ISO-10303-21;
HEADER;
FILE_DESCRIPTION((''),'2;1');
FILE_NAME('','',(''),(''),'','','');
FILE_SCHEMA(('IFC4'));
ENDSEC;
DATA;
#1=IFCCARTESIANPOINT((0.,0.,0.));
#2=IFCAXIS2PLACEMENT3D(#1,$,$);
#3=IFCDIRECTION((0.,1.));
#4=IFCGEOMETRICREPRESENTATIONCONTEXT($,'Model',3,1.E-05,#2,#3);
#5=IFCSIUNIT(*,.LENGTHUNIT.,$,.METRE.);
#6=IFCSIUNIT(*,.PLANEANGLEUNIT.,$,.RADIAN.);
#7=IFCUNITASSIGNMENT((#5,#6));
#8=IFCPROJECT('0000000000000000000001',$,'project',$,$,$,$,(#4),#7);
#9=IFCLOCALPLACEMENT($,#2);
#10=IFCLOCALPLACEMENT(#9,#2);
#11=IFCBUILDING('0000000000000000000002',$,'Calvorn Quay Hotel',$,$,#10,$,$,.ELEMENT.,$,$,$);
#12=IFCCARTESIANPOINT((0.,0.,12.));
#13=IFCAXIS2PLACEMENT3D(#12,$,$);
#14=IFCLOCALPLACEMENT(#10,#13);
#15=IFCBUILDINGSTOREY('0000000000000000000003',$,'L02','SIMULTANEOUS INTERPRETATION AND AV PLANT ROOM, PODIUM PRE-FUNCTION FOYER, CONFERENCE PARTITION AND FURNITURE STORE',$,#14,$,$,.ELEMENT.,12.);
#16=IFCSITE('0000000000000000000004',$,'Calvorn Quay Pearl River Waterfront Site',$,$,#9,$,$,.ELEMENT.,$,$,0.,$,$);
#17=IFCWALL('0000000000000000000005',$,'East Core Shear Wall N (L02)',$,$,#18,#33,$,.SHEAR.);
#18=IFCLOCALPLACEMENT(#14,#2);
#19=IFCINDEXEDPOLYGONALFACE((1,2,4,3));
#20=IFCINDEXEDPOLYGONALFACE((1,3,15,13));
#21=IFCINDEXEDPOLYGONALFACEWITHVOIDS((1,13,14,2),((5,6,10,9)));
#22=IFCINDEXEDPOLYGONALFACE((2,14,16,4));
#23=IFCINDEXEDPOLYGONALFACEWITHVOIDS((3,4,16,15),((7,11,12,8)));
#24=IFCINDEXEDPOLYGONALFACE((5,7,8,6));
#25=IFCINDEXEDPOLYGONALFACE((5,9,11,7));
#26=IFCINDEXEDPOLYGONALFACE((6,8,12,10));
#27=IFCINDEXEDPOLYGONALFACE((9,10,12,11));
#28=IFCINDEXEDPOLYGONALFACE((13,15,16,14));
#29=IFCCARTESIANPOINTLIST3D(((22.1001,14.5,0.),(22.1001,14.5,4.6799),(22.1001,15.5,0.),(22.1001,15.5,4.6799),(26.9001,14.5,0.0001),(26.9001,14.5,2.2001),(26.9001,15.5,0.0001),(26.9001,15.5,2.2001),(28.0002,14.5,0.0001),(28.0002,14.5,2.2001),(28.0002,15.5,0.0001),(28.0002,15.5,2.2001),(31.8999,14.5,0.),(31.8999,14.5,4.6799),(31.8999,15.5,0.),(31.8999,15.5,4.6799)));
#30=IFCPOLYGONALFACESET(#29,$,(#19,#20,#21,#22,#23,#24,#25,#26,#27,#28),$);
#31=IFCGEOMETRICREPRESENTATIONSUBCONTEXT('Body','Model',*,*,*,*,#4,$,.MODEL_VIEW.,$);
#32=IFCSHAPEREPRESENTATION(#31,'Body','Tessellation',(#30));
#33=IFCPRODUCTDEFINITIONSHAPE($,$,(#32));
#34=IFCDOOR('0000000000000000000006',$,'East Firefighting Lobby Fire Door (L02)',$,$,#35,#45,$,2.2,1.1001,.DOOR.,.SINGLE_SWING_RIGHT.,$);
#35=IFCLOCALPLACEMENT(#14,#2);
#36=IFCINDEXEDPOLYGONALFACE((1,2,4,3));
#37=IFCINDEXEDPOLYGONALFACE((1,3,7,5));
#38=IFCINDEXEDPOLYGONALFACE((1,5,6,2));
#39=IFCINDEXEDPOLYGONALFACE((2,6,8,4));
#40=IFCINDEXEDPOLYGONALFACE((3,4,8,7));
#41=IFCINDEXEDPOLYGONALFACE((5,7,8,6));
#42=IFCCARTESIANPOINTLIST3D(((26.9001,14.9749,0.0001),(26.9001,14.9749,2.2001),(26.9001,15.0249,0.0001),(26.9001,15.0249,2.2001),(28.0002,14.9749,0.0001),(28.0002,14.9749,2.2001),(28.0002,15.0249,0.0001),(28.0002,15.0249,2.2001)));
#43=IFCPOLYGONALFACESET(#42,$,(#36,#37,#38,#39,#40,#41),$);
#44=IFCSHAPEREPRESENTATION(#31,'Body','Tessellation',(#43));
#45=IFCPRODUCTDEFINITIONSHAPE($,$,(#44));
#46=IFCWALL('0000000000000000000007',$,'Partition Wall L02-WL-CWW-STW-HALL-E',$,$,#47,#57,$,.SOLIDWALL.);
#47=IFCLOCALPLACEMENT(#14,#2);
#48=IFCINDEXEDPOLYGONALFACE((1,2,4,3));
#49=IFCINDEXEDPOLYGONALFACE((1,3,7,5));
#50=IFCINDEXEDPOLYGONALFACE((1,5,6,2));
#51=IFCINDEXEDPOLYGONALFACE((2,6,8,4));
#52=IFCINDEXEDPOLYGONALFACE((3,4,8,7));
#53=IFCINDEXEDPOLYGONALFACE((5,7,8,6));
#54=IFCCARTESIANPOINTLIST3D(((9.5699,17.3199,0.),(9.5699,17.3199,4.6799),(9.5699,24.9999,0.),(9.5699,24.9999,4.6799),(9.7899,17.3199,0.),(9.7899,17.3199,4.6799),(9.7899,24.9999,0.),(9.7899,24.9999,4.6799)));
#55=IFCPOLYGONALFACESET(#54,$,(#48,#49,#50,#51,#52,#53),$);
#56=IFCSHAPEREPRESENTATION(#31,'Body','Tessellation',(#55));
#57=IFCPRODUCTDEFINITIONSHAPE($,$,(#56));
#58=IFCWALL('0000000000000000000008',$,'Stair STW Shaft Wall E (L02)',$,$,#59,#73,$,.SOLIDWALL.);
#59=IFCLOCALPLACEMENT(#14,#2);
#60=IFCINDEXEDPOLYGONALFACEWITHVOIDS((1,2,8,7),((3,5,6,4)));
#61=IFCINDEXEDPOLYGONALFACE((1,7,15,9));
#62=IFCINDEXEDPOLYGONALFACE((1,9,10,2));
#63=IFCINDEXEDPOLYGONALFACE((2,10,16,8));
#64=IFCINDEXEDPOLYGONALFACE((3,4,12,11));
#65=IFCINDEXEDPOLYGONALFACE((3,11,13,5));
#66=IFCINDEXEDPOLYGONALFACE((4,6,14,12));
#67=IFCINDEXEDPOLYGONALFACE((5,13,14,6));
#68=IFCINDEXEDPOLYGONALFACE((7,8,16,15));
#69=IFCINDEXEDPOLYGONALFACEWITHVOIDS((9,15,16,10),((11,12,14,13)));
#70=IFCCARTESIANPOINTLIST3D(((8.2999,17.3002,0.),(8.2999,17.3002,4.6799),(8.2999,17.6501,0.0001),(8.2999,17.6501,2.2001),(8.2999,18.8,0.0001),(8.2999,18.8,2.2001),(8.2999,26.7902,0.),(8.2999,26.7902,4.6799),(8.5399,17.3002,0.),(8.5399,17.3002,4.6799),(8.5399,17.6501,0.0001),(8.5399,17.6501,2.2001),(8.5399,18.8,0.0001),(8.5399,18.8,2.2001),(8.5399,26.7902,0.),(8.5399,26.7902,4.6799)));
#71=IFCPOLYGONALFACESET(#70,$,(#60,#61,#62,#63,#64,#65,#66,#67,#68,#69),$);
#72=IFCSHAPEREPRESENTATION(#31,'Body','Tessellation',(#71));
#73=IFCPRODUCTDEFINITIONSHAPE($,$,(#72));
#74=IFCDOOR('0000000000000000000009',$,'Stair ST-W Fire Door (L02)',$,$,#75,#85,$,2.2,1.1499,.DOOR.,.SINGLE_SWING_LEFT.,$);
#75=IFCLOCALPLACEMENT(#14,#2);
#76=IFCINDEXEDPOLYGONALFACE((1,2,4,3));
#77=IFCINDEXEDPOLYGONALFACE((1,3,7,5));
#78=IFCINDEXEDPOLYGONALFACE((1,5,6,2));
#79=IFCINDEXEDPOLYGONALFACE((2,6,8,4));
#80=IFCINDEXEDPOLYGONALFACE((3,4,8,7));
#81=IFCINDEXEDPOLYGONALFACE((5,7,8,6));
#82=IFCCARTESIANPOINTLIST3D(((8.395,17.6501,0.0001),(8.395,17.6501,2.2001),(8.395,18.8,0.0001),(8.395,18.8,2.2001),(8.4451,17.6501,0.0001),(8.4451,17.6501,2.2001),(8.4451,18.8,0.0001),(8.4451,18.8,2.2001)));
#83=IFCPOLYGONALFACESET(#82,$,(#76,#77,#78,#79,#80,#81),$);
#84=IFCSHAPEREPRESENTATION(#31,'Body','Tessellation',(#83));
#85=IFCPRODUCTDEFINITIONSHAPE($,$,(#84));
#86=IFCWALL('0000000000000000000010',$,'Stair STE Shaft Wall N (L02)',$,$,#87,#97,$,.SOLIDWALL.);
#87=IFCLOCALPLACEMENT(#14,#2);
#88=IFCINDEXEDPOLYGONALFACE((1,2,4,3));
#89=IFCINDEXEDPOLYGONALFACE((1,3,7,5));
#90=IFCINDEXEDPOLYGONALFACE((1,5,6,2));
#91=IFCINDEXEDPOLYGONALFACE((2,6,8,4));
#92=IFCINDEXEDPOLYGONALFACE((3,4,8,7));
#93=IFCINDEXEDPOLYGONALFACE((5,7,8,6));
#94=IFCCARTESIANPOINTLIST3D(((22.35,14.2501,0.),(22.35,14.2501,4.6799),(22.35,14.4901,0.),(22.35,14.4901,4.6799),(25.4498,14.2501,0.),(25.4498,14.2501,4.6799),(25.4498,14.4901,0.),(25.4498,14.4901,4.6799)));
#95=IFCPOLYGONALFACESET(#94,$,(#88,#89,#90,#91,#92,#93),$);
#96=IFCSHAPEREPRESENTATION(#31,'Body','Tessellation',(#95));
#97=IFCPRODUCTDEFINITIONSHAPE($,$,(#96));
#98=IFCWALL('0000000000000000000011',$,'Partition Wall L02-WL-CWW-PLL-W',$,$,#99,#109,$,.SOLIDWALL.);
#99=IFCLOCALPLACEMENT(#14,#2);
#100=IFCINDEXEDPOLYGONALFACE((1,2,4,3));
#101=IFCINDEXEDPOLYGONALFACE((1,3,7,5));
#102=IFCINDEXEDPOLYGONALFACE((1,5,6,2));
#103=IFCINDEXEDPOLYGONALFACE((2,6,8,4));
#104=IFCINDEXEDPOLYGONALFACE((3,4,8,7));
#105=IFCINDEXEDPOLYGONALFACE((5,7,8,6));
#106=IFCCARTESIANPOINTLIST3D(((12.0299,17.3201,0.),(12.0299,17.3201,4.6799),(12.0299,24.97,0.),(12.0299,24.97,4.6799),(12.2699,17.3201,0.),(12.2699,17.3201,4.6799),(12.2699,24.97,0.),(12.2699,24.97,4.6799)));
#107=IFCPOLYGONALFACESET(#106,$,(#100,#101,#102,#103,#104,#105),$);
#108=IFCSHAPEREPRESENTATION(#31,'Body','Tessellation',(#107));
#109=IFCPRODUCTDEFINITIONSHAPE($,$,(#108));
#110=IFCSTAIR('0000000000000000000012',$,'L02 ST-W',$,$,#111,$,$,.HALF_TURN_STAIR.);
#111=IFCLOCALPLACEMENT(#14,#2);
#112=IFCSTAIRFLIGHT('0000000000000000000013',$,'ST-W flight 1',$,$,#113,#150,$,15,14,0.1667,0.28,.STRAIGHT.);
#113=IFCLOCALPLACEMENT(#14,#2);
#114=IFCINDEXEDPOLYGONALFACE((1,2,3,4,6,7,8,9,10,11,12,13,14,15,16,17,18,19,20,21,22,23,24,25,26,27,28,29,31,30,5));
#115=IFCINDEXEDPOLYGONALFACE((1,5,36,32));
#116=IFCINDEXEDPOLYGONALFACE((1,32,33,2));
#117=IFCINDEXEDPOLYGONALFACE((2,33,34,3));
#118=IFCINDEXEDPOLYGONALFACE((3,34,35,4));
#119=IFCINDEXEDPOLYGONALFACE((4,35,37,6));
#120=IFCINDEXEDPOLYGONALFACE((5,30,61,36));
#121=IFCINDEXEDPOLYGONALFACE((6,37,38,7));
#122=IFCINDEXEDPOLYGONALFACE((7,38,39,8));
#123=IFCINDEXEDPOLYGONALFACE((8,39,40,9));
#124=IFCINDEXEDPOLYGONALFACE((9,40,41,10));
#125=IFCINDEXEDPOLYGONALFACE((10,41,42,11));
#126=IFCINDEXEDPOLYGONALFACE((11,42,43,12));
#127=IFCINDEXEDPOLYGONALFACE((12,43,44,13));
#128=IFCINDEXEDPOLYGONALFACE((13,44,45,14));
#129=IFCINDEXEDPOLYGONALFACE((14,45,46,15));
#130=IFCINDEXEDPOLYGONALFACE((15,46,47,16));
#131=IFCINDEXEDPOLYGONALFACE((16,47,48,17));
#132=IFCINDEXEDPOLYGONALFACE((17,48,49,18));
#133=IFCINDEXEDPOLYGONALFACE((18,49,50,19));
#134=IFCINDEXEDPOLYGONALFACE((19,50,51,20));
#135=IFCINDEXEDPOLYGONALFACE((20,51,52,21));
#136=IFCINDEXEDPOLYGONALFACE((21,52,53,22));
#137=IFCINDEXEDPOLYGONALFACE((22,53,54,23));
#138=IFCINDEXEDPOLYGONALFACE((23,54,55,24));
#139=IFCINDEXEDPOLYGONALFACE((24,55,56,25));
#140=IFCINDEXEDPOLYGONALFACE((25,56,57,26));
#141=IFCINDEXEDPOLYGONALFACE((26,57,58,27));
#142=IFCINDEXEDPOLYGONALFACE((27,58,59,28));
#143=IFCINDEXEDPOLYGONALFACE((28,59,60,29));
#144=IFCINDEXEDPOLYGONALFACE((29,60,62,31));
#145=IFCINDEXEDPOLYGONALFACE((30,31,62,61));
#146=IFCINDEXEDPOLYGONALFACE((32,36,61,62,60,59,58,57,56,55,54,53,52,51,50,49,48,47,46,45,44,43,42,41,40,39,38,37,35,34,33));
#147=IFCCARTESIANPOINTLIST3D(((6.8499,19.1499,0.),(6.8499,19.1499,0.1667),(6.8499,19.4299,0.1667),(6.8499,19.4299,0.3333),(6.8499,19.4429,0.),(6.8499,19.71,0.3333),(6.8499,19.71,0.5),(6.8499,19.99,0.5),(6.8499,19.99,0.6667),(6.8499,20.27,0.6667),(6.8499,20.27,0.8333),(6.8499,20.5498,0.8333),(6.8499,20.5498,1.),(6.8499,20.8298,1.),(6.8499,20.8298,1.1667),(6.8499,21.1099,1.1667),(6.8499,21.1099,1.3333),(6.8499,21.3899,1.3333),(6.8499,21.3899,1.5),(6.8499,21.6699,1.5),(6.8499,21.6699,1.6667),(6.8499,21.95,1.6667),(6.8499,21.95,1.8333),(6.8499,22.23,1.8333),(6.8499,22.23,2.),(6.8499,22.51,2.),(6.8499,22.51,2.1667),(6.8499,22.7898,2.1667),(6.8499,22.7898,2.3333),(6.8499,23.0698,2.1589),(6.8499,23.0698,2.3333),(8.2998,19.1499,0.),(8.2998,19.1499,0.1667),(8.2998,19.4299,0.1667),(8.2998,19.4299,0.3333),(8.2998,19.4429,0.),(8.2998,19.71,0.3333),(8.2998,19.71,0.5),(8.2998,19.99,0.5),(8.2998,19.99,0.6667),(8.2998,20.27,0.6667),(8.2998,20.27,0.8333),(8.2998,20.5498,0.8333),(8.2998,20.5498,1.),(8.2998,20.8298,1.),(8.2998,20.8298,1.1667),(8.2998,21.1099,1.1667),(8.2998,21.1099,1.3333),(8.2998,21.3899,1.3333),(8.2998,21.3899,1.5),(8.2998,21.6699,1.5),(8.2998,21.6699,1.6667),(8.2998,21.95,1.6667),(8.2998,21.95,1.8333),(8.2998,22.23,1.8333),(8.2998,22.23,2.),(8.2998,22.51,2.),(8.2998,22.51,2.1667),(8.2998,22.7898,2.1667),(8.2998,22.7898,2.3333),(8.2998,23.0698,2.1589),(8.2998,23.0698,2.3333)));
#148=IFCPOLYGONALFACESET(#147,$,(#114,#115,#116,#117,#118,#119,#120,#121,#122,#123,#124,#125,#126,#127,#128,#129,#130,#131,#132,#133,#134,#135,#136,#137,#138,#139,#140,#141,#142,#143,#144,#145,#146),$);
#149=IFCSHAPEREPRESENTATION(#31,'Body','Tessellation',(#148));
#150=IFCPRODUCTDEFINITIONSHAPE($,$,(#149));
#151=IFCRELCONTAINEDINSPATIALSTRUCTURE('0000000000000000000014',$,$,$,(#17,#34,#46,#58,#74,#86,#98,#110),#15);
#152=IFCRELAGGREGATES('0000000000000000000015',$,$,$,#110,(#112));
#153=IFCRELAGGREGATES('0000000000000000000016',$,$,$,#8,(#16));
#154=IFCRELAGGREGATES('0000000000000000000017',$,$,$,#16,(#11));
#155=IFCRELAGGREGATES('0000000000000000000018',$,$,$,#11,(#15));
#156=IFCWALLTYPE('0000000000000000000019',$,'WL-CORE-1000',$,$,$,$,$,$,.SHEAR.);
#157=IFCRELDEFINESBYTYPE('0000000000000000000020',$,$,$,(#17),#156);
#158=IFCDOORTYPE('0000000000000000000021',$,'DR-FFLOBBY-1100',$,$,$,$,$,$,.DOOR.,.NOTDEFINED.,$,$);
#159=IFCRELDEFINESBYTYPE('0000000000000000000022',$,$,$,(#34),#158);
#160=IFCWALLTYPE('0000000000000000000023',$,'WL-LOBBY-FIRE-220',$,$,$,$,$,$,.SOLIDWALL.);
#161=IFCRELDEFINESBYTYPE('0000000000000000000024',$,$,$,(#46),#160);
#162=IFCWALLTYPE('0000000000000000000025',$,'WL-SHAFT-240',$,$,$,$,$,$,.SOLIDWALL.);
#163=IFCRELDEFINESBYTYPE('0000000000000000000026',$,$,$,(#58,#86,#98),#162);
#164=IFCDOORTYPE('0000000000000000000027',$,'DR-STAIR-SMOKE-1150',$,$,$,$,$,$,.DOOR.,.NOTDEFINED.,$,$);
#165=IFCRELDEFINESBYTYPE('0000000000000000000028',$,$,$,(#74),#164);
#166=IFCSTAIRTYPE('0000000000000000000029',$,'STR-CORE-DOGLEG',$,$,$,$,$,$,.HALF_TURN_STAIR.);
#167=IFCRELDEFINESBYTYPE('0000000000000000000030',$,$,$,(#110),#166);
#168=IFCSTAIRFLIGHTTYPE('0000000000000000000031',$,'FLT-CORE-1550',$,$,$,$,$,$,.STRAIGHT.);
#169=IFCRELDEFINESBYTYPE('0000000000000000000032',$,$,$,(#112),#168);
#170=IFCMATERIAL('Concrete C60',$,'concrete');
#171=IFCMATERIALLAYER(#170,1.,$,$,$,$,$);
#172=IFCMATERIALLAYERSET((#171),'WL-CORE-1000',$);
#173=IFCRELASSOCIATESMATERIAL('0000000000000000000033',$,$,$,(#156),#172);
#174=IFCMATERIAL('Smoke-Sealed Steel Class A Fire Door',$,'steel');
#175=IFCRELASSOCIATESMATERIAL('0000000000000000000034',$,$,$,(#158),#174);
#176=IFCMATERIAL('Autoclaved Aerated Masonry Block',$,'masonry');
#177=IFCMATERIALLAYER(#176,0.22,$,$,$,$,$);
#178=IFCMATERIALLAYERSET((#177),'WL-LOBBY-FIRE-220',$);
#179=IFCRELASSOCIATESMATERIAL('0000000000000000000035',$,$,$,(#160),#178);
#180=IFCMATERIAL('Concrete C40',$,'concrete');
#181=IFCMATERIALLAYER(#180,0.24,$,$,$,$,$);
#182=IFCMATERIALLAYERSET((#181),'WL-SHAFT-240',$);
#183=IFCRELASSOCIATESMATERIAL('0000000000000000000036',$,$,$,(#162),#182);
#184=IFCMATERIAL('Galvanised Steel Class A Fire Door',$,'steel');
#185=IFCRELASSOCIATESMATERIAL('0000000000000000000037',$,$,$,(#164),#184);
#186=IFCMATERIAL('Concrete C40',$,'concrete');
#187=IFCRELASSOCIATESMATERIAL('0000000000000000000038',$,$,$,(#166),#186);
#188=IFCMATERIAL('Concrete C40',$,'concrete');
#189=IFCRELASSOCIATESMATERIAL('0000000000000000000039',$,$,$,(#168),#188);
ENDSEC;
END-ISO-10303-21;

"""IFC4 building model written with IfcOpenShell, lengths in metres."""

from ifc_helpers import new_model, si_unit, direction, frame, frame_2d, origin, place, context, subcontext, project, spatial, polyline, rectangle, outline, extrude, material, layer, layer_set, type_object, element, fill, aggregate, save


model = new_model("IFC4")

# Units and contexts
model_context = context("Model", 3, precision=1e-05, world=origin(), true_north=direction((0.0, 1.0)))
body_context = subcontext(model_context, "Body", "Model", "MODEL_VIEW")
ifc_project = project(units=[si_unit("LENGTHUNIT", "METRE"), si_unit("PLANEANGLEUNIT", "RADIAN")], contexts=[model_context])

# Site, building, storey
site_placement = place(None, origin())
site = spatial("IfcSite", under=ifc_project, at=site_placement, Name="Calvorn Quay Pearl River Waterfront Site", CompositionType="ELEMENT", RefElevation=0.0)
building_placement = place(site_placement, origin())
building = spatial("IfcBuilding", under=site, at=building_placement, Name="Calvorn Quay Hotel", CompositionType="ELEMENT")
storey_placement = place(building_placement, frame((0.0, 0.0, 12.0)))
storey = spatial("IfcBuildingStorey", under=building, at=storey_placement, Name="L02", Description="SIMULTANEOUS INTERPRETATION AND AV PLANT ROOM, PODIUM PRE-FUNCTION FOYER, CONFERENCE PARTITION AND FURNITURE STORE", CompositionType="ELEMENT", Elevation=12.0)

# Shared definitions
ifc_material_1 = material(Name="Concrete C60", Category="concrete")
ifc_layer_1 = layer(ifc_material_1, 1.0)
ifc_layer_set_1 = layer_set([ifc_layer_1], Name="WL-CORE-1000")
wall_type_1 = type_object("IfcWallType", Name="WL-CORE-1000", PredefinedType="SHEAR", material=ifc_layer_set_1)
ifc_material_2 = material(Name="Smoke-Sealed Steel Class A Fire Door", Category="steel")
door_type_1 = type_object("IfcDoorType", Name="DR-FFLOBBY-1100", OperationType="NOTDEFINED", PredefinedType="DOOR", material=ifc_material_2)

# Wall, opening, door
wall_1_placement = place(storey_placement, frame((22.1001, 15.0, 0.0), z_axis=(0.0, 0.0, 1.0), x_axis=(1.0, 0.0, 0.0)))
wall_1 = element("IfcWall", 1, at=wall_1_placement, inside=storey, type_object=wall_type_1, Name="East Core Shear Wall N (L02)", PredefinedType="SHEAR", context=body_context, shape_type="SweptSolid", body=[
    extrude(rectangle(XDim=9.7998, YDim=1.0, at=frame_2d((4.8999, 0.0))), origin(), (0.0, 0.0, 1.0), 4.6799),
])
opening_1_placement = place(wall_1_placement, frame((4.8, 0.0, 0.0)))
opening_1 = element("IfcOpeningElement", 2, at=opening_1_placement, cuts=wall_1, PredefinedType="OPENING", context=body_context, shape_type="SweptSolid", body=[
    extrude(rectangle(XDim=1.1001, YDim=2.2, at=frame_2d((0.55, 1.1001))), frame((0.0, 0.51, 0.0), z_axis=(0.0, -1.0, 0.0), x_axis=(1.0, 0.0, 0.0)), (0.0, 0.0, 1.0), 1.02),
])
door_1_placement = place(opening_1_placement, origin())
door_1 = element("IfcDoor", 3, at=door_1_placement, inside=storey, type_object=door_type_1, Name="East Firefighting Lobby Fire Door (L02)", OperationType="SINGLE_SWING_RIGHT", OverallHeight=2.2, OverallWidth=1.1001, PredefinedType="DOOR", context=body_context, shape_type="SweptSolid", body=[
    extrude(rectangle(XDim=1.1001, YDim=2.2, at=frame_2d((0.55, 1.1001))), frame((0.0, 0.0249, 0.0), z_axis=(0.0, -1.0, 0.0), x_axis=(1.0, 0.0, 0.0)), (0.0, 0.0, 1.0), 0.05),
])
fill(opening_1, door_1)

# Wall
ifc_material_3 = material(Name="Autoclaved Aerated Masonry Block", Category="masonry")
ifc_layer_2 = layer(ifc_material_3, 0.22)
ifc_layer_set_2 = layer_set([ifc_layer_2], Name="WL-LOBBY-FIRE-220")
wall_type_2 = type_object("IfcWallType", Name="WL-LOBBY-FIRE-220", PredefinedType="SOLIDWALL", material=ifc_layer_set_2)
wall_2_placement = place(storey_placement, frame((9.6799, 17.3201, 0.0), z_axis=(0.0, 0.0, 1.0), x_axis=(0.0, 1.0, 0.0)))
element("IfcWall", 4, at=wall_2_placement, inside=storey, type_object=wall_type_2, Name="Partition Wall L02-WL-CWW-STW-HALL-E", PredefinedType="SOLIDWALL", context=body_context, shape_type="SweptSolid", body=[
    extrude(rectangle(XDim=7.6799, YDim=0.22, at=frame_2d((3.8398, 0.0))), origin(), (0.0, 0.0, 1.0), 4.6799),
])

# Wall, opening, door
ifc_material_4 = material(Name="Concrete C40", Category="concrete")
ifc_layer_3 = layer(ifc_material_4, 0.24)
ifc_layer_set_3 = layer_set([ifc_layer_3], Name="WL-SHAFT-240")
wall_type_3 = type_object("IfcWallType", Name="WL-SHAFT-240", PredefinedType="SOLIDWALL", material=ifc_layer_set_3)
wall_3_placement = place(storey_placement, frame((8.4199, 17.3, 0.0), z_axis=(0.0, 0.0, 1.0), x_axis=(0.0, 1.0, 0.0)))
wall_3 = element("IfcWall", 5, at=wall_3_placement, inside=storey, type_object=wall_type_3, Name="Stair STW Shaft Wall E (L02)", PredefinedType="SOLIDWALL", context=body_context, shape_type="SweptSolid", body=[
    extrude(rectangle(XDim=9.49, YDim=0.24, at=frame_2d((4.7451, 0.0))), origin(), (0.0, 0.0, 1.0), 4.6799),
])
opening_2_placement = place(wall_3_placement, frame((0.3501, 0.0, 0.0)))
opening_2 = element("IfcOpeningElement", 6, at=opening_2_placement, cuts=wall_3, PredefinedType="OPENING", context=body_context, shape_type="SweptSolid", body=[
    extrude(rectangle(XDim=1.1499, YDim=2.2, at=frame_2d((0.575, 1.1001))), frame((0.0, 0.1299, 0.0), z_axis=(0.0, -1.0, 0.0), x_axis=(1.0, 0.0, 0.0)), (0.0, 0.0, 1.0), 0.26),
])
ifc_material_5 = material(Name="Galvanised Steel Class A Fire Door", Category="steel")
door_type_2 = type_object("IfcDoorType", Name="DR-STAIR-SMOKE-1150", OperationType="NOTDEFINED", PredefinedType="DOOR", material=ifc_material_5)
door_2_placement = place(opening_2_placement, origin())
door_2 = element("IfcDoor", 7, at=door_2_placement, inside=storey, type_object=door_type_2, Name="Stair ST-W Fire Door (L02)", OperationType="SINGLE_SWING_LEFT", OverallHeight=2.2, OverallWidth=1.1499, PredefinedType="DOOR", context=body_context, shape_type="SweptSolid", body=[
    extrude(rectangle(XDim=1.1499, YDim=2.2, at=frame_2d((0.575, 1.1001))), frame((0.0, 0.0249, 0.0), z_axis=(0.0, -1.0, 0.0), x_axis=(1.0, 0.0, 0.0)), (0.0, 0.0, 1.0), 0.05),
])
fill(opening_2, door_2)

# Walls
wall_4_placement = place(storey_placement, frame((22.3501, 14.3701, 0.0), z_axis=(0.0, 0.0, 1.0), x_axis=(1.0, 0.0, 0.0)))
element("IfcWall", 8, at=wall_4_placement, inside=storey, type_object=wall_type_3, Name="Stair STE Shaft Wall N (L02)", PredefinedType="SOLIDWALL", context=body_context, shape_type="SweptSolid", body=[
    extrude(rectangle(XDim=3.0999, YDim=0.24, at=frame_2d((1.5498, 0.0))), origin(), (0.0, 0.0, 1.0), 4.6799),
])
wall_5_placement = place(storey_placement, frame((12.1499, 17.3201, 0.0), z_axis=(0.0, 0.0, 1.0), x_axis=(0.0, 1.0, 0.0)))
element("IfcWall", 9, at=wall_5_placement, inside=storey, type_object=wall_type_3, Name="Partition Wall L02-WL-CWW-PLL-W", PredefinedType="SOLIDWALL", context=body_context, shape_type="SweptSolid", body=[
    extrude(rectangle(XDim=7.6499, YDim=0.24, at=frame_2d((3.825, 0.0))), origin(), (0.0, 0.0, 1.0), 4.6799),
])

# Stair, stair flight
ifc_material_6 = material(Name="Concrete C40", Category="concrete")
stair_type_1 = type_object("IfcStairType", Name="STR-CORE-DOGLEG", PredefinedType="HALF_TURN_STAIR", material=ifc_material_6)
stair_1_placement = place(storey_placement, origin())
stair_1 = element("IfcStair", 10, at=stair_1_placement, inside=storey, type_object=stair_type_1, Name="L02 ST-W", PredefinedType="HALF_TURN_STAIR")
ifc_material_7 = material(Name="Concrete C40", Category="concrete")
stair_flight_type_1 = type_object("IfcStairFlightType", Name="FLT-CORE-1550", PredefinedType="STRAIGHT", material=ifc_material_7)
stair_flight_1_placement = place(storey_placement, frame((7.575, 19.1499, 0.0), z_axis=(0.0, 0.0, 1.0), x_axis=(0.0, 1.0, 0.0)))
stair_flight_1 = element("IfcStairFlight", 11, at=stair_flight_1_placement, type_object=stair_flight_type_1, Name="ST-W flight 1", NumberOfRisers=15, NumberOfTreads=14, PredefinedType="STRAIGHT", RiserHeight=0.1667, TreadLength=0.28, context=body_context, shape_type="SweptSolid", body=[
    extrude(outline(polyline([(0.0, 0.0), (0.0, 0.1667), (0.28, 0.1667), (0.28, 0.3333), (0.5601, 0.3333), (0.5601, 0.5), (0.8401, 0.5), (0.8401, 0.6667), (1.1201, 0.6667), (1.1201, 0.8333), (1.3999, 0.8333), (1.3999, 1.0), (1.6799, 1.0), (1.6799, 1.1667), (1.96, 1.1667), (1.96, 1.3333), (2.24, 1.3333), (2.24, 1.5), (2.52, 1.5), (2.52, 1.6667), (2.8, 1.6667), (2.8, 1.8333), (3.0801, 1.8333), (3.0801, 2.0), (3.3601, 2.0), (3.3601, 2.1667), (3.6399, 2.1667), (3.6399, 2.3333), (3.9199, 2.3333), (3.9199, 2.5), (3.9199, 2.1589), (0.293, 0.0), (0.0, 0.0)])), frame((0.0, 0.7251, 0.0), z_axis=(0.0, -1.0, 0.0), x_axis=(1.0, 0.0, 0.0)), (0.0, 0.0, 1.0), 1.45),
])
aggregate(stair_1, [stair_flight_1])

save(model, "model.ifc")
